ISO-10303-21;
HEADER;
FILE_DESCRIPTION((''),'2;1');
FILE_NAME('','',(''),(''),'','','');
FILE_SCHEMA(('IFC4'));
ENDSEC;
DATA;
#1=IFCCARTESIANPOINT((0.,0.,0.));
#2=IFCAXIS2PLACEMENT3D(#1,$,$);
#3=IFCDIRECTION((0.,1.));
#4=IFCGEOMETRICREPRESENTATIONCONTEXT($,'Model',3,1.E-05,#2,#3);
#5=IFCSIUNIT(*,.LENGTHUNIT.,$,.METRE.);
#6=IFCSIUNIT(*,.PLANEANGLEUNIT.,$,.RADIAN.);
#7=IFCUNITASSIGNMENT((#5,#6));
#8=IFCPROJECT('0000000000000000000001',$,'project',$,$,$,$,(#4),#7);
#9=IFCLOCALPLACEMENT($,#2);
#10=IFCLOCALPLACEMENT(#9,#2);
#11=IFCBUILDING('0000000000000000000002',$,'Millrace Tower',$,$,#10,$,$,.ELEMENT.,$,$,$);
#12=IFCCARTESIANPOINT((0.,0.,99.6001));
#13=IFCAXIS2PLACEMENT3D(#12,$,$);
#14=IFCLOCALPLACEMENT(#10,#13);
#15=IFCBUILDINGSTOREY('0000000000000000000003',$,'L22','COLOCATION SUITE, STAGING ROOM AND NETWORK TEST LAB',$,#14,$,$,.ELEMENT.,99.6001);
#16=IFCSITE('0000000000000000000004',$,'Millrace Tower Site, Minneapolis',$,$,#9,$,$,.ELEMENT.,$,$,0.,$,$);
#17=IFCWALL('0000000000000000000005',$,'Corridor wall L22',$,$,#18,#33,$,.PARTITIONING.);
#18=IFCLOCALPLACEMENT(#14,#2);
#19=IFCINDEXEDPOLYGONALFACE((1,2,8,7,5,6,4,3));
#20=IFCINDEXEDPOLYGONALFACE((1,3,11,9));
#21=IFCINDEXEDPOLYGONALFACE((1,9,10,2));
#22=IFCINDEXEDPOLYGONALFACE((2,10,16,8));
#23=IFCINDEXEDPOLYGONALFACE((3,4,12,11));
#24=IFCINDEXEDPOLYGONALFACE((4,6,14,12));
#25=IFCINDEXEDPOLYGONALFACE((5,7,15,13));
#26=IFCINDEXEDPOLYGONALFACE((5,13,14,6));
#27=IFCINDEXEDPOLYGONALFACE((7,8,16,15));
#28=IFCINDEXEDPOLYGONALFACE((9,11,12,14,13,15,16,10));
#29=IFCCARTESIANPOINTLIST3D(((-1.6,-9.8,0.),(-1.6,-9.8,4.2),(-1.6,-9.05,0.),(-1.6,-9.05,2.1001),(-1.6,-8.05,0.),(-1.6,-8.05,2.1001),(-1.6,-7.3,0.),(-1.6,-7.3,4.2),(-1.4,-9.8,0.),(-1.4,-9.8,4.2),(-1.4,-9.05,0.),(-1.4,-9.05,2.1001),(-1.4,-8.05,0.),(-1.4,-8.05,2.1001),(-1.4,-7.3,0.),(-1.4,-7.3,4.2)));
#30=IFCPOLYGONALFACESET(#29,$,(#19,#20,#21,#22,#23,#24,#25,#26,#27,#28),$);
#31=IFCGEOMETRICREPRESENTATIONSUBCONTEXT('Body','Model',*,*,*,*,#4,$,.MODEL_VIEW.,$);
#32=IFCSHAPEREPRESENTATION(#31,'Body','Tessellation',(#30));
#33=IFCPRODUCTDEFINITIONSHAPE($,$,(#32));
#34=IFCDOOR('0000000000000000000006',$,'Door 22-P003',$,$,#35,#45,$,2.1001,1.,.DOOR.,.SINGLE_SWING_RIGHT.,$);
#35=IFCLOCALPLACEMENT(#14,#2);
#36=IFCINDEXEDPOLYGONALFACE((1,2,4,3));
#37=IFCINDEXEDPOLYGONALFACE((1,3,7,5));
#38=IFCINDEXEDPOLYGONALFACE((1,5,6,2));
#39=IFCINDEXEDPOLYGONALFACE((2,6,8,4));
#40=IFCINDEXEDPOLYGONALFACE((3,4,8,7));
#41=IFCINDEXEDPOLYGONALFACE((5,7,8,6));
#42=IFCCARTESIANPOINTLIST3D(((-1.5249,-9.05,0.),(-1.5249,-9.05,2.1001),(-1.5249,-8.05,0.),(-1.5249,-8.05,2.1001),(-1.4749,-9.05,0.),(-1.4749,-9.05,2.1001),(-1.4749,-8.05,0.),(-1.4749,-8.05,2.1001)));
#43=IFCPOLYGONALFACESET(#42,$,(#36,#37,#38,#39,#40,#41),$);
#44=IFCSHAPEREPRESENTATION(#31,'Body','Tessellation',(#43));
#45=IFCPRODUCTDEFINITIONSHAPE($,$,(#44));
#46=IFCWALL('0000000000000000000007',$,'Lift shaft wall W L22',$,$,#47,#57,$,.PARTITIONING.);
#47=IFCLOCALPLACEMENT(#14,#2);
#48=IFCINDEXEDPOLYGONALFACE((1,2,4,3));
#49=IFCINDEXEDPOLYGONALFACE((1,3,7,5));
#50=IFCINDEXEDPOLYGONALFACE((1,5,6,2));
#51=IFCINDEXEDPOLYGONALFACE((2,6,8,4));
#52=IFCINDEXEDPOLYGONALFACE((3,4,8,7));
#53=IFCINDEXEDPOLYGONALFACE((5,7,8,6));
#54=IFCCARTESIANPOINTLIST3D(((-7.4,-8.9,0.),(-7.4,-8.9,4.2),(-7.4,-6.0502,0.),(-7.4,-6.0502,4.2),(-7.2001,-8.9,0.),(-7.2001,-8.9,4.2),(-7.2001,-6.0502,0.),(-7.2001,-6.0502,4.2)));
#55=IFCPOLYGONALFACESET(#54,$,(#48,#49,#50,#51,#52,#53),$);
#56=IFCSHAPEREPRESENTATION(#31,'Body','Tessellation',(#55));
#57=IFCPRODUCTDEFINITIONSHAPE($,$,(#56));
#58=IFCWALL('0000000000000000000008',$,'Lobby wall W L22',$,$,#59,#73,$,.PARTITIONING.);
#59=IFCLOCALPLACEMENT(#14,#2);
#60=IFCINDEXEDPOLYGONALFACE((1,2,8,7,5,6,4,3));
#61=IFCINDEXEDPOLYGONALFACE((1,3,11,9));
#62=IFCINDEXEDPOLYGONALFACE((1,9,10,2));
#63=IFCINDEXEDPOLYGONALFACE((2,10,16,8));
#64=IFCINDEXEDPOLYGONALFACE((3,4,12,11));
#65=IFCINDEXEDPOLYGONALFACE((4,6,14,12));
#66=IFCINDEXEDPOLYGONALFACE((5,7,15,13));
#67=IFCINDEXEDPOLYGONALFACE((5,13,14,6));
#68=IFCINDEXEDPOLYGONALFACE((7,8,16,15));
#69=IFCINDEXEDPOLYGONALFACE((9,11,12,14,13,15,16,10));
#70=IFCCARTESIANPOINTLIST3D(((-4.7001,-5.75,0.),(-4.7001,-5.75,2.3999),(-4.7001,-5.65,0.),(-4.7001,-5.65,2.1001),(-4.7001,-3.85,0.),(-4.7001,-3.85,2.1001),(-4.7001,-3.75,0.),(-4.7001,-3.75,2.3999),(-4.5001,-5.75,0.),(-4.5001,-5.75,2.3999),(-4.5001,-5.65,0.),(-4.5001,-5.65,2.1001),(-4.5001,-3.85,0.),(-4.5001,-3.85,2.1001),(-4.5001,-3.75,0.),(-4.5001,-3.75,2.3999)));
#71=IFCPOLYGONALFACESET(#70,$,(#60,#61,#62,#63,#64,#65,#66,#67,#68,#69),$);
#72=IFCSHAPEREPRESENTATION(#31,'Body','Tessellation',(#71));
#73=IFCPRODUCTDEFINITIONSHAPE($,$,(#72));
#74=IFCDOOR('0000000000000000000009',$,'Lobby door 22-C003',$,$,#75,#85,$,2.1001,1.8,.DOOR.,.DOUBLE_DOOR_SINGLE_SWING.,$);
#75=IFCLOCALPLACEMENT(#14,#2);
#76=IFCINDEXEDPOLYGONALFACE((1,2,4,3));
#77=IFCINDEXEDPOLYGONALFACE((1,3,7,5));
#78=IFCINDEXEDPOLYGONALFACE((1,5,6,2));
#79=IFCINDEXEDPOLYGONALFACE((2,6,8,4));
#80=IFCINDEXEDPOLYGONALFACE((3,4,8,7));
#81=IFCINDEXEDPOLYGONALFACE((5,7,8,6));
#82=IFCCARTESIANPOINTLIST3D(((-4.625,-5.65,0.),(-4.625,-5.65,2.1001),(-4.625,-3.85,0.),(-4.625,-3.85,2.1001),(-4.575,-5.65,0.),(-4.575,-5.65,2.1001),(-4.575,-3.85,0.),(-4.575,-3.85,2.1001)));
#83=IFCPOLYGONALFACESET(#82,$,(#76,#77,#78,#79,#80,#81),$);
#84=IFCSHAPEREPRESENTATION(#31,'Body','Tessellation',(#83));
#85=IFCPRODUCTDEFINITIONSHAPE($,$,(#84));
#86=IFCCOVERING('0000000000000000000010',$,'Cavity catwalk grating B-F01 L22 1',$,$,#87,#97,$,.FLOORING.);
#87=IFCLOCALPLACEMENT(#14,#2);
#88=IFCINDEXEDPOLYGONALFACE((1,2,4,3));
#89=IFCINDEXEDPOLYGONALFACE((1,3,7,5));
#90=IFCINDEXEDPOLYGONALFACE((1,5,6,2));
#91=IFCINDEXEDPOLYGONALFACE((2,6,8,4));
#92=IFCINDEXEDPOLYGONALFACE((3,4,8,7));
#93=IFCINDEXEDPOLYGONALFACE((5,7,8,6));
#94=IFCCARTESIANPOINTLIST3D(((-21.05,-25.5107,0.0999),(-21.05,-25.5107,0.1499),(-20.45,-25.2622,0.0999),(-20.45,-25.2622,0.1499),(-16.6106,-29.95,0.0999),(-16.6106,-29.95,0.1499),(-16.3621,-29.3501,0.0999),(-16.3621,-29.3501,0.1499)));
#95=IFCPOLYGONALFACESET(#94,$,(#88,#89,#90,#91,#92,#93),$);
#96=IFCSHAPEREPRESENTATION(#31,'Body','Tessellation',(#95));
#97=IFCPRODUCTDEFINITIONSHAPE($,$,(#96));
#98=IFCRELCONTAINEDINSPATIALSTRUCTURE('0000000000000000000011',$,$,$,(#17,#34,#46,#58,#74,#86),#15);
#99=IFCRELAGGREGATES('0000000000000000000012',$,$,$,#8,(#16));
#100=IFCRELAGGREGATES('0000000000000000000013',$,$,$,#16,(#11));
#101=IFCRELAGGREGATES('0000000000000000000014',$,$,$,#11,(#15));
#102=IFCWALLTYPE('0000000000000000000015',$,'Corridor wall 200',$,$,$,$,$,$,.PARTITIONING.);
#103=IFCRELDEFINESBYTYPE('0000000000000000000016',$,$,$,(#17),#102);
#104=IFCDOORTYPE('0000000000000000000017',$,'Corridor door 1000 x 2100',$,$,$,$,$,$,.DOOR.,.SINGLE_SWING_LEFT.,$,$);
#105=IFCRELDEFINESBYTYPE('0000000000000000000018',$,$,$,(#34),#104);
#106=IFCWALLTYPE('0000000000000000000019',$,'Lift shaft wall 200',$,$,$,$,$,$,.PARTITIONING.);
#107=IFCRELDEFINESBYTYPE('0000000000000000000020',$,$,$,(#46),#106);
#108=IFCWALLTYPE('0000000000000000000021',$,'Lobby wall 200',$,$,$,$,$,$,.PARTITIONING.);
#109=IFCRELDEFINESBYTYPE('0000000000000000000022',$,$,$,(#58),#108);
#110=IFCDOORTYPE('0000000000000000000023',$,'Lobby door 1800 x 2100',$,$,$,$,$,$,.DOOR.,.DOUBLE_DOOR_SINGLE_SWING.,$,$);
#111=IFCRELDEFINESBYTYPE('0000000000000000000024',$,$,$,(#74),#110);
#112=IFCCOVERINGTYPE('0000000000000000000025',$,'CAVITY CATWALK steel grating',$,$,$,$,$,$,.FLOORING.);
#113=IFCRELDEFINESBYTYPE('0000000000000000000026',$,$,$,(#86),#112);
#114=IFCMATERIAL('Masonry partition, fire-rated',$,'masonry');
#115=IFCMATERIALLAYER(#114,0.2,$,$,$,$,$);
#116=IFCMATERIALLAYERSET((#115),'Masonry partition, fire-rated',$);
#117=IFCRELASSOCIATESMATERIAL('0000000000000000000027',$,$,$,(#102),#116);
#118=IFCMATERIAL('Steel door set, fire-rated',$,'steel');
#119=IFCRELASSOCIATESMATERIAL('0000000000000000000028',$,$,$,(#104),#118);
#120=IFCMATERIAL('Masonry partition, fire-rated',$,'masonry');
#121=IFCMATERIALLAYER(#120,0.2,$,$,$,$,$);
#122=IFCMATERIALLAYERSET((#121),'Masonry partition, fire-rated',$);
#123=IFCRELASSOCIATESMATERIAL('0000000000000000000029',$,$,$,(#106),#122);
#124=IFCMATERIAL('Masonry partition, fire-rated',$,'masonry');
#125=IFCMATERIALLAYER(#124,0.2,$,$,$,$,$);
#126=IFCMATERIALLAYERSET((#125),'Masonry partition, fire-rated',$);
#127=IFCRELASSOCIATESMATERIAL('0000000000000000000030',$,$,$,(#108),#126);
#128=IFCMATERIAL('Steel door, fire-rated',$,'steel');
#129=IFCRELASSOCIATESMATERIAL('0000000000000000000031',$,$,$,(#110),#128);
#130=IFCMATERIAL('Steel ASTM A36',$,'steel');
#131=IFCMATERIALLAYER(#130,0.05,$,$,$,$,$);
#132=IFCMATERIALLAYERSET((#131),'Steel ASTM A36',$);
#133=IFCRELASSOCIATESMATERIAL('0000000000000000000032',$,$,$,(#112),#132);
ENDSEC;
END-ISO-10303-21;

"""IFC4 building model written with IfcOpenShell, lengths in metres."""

from ifc_helpers import new_model, si_unit, direction, frame, frame_2d, origin, place, context, subcontext, project, spatial, polyline, rectangle, outline, extrude, material, layer, layer_set, type_object, element, fill, save


model = new_model("IFC4")

# Units and contexts
model_context = context("Model", 3, precision=1e-05, world=origin(), true_north=direction((0.0, 1.0)))
body_context = subcontext(model_context, "Body", "Model", "MODEL_VIEW")
ifc_project = project(units=[si_unit("LENGTHUNIT", "METRE"), si_unit("PLANEANGLEUNIT", "RADIAN")], contexts=[model_context])

# Site, building, storey
site_placement = place(None, origin())
site = spatial("IfcSite", under=ifc_project, at=site_placement, Name="Millrace Tower Site, Minneapolis", CompositionType="ELEMENT", RefElevation=0.0)
building_placement = place(site_placement, origin())
building = spatial("IfcBuilding", under=site, at=building_placement, Name="Millrace Tower", CompositionType="ELEMENT")
storey_placement = place(building_placement, frame((0.0, 0.0, 99.6001)))
storey = spatial("IfcBuildingStorey", under=building, at=storey_placement, Name="L22", Description="COLOCATION SUITE, STAGING ROOM AND NETWORK TEST LAB", CompositionType="ELEMENT", Elevation=99.6001)

# Shared definitions
ifc_material_1 = material(Name="Masonry partition, fire-rated", Category="masonry")
ifc_layer_1 = layer(ifc_material_1, 0.2)
ifc_layer_set_1 = layer_set([ifc_layer_1], Name="Masonry partition, fire-rated")
wall_type_1 = type_object("IfcWallType", Name="Corridor wall 200", PredefinedType="PARTITIONING", material=ifc_layer_set_1)

# Wall, opening, door
wall_1_placement = place(storey_placement, frame((-1.5, -9.8, 0.0), z_axis=(0.0, 0.0, 1.0), x_axis=(0.0, 1.0, 0.0)))
wall_1 = element("IfcWall", 1, at=wall_1_placement, inside=storey, type_object=wall_type_1, Name="Corridor wall L22", PredefinedType="PARTITIONING", context=body_context, shape_type="SweptSolid", body=[
    extrude(rectangle(XDim=2.5, YDim=0.2, at=frame_2d((1.25, 0.0))), origin(), (0.0, 0.0, 1.0), 4.2),
])
opening_1_placement = place(wall_1_placement, frame((0.75, 0.0, 0.0)))
opening_1 = element("IfcOpeningElement", 2, at=opening_1_placement, cuts=wall_1, PredefinedType="OPENING", context=body_context, shape_type="SweptSolid", body=[
    extrude(rectangle(XDim=1.0, YDim=2.1001, at=frame_2d((0.5, 1.05))), frame((0.0, 0.1099, 0.0), z_axis=(0.0, -1.0, 0.0), x_axis=(1.0, 0.0, 0.0)), (0.0, 0.0, 1.0), 0.22),
])
ifc_material_2 = material(Name="Steel door set, fire-rated", Category="steel")
door_type_1 = type_object("IfcDoorType", Name="Corridor door 1000 x 2100", OperationType="SINGLE_SWING_LEFT", PredefinedType="DOOR", material=ifc_material_2)
door_1_placement = place(opening_1_placement, origin())
door_1 = element("IfcDoor", 3, at=door_1_placement, inside=storey, type_object=door_type_1, Name="Door 22-P003", OperationType="SINGLE_SWING_RIGHT", OverallHeight=2.1001, OverallWidth=1.0, PredefinedType="DOOR", context=body_context, shape_type="SweptSolid", body=[
    extrude(rectangle(XDim=1.0, YDim=2.1001, at=frame_2d((0.5, 1.05))), frame((0.0, 0.0249, 0.0), z_axis=(0.0, -1.0, 0.0), x_axis=(1.0, 0.0, 0.0)), (0.0, 0.0, 1.0), 0.05),
])
fill(opening_1, door_1)

# Wall
ifc_material_3 = material(Name="Masonry partition, fire-rated", Category="masonry")
ifc_layer_2 = layer(ifc_material_3, 0.2)
ifc_layer_set_2 = layer_set([ifc_layer_2], Name="Masonry partition, fire-rated")
wall_type_2 = type_object("IfcWallType", Name="Lift shaft wall 200", PredefinedType="PARTITIONING", material=ifc_layer_set_2)
wall_2_placement = place(storey_placement, frame((-7.3, -8.8999, 0.0), z_axis=(0.0, 0.0, 1.0), x_axis=(0.0, 1.0, 0.0)))
element("IfcWall", 4, at=wall_2_placement, inside=storey, type_object=wall_type_2, Name="Lift shaft wall W L22", PredefinedType="PARTITIONING", context=body_context, shape_type="SweptSolid", body=[
    extrude(rectangle(XDim=2.8499, YDim=0.2, at=frame_2d((1.4248, 0.0))), origin(), (0.0, 0.0, 1.0), 4.2),
])

# Wall, opening, door
ifc_material_4 = material(Name="Masonry partition, fire-rated", Category="masonry")
ifc_layer_3 = layer(ifc_material_4, 0.2)
ifc_layer_set_3 = layer_set([ifc_layer_3], Name="Masonry partition, fire-rated")
wall_type_3 = type_object("IfcWallType", Name="Lobby wall 200", PredefinedType="PARTITIONING", material=ifc_layer_set_3)
wall_3_placement = place(storey_placement, frame((-4.6001, -5.75, 0.0), z_axis=(0.0, 0.0, 1.0), x_axis=(0.0, 1.0, 0.0)))
wall_3 = element("IfcWall", 5, at=wall_3_placement, inside=storey, type_object=wall_type_3, Name="Lobby wall W L22", PredefinedType="PARTITIONING", context=body_context, shape_type="SweptSolid", body=[
    extrude(rectangle(XDim=2.0, YDim=0.2, at=frame_2d((1.0, 0.0))), origin(), (0.0, 0.0, 1.0), 2.3999),
])
opening_2_placement = place(wall_3_placement, frame((0.1001, 0.0, 0.0)))
opening_2 = element("IfcOpeningElement", 6, at=opening_2_placement, cuts=wall_3, PredefinedType="OPENING", context=body_context, shape_type="SweptSolid", body=[
    extrude(rectangle(XDim=1.8, YDim=2.1001, at=frame_2d((0.8999, 1.05))), frame((0.0, 0.1099, 0.0), z_axis=(0.0, -1.0, 0.0), x_axis=(1.0, 0.0, 0.0)), (0.0, 0.0, 1.0), 0.22),
])
ifc_material_5 = material(Name="Steel door, fire-rated", Category="steel")
door_type_2 = type_object("IfcDoorType", Name="Lobby door 1800 x 2100", OperationType="DOUBLE_DOOR_SINGLE_SWING", PredefinedType="DOOR", material=ifc_material_5)
door_2_placement = place(opening_2_placement, origin())
door_2 = element("IfcDoor", 7, at=door_2_placement, inside=storey, type_object=door_type_2, Name="Lobby door 22-C003", OperationType="DOUBLE_DOOR_SINGLE_SWING", OverallHeight=2.1001, OverallWidth=1.8, PredefinedType="DOOR", context=body_context, shape_type="SweptSolid", body=[
    extrude(rectangle(XDim=1.8, YDim=2.1001, at=frame_2d((0.8999, 1.05))), frame((0.0, 0.0249, 0.0), z_axis=(0.0, -1.0, 0.0), x_axis=(1.0, 0.0, 0.0)), (0.0, 0.0, 1.0), 0.05),
])
fill(opening_2, door_2)

# Covering
ifc_material_6 = material(Name="Steel ASTM A36", Category="steel")
ifc_layer_4 = layer(ifc_material_6, 0.05)
ifc_layer_set_4 = layer_set([ifc_layer_4], Name="Steel ASTM A36")
covering_type = type_object("IfcCoveringType", Name="CAVITY CATWALK steel grating", PredefinedType="FLOORING", material=ifc_layer_set_4)
covering_placement = place(storey_placement, frame((0.0, 0.0, 0.0999)))
element("IfcCovering", 8, at=covering_placement, inside=storey, type_object=covering_type, Name="Cavity catwalk grating B-F01 L22 1", PredefinedType="FLOORING", context=body_context, shape_type="SweptSolid", body=[
    extrude(outline(polyline([(-21.05, -25.5107), (-16.6106, -29.95), (-16.3621, -29.3501), (-20.45, -25.2622), (-21.05, -25.5107)])), origin(), (0.0, 0.0, 1.0), 0.05),
])

save(model, "model.ifc")
